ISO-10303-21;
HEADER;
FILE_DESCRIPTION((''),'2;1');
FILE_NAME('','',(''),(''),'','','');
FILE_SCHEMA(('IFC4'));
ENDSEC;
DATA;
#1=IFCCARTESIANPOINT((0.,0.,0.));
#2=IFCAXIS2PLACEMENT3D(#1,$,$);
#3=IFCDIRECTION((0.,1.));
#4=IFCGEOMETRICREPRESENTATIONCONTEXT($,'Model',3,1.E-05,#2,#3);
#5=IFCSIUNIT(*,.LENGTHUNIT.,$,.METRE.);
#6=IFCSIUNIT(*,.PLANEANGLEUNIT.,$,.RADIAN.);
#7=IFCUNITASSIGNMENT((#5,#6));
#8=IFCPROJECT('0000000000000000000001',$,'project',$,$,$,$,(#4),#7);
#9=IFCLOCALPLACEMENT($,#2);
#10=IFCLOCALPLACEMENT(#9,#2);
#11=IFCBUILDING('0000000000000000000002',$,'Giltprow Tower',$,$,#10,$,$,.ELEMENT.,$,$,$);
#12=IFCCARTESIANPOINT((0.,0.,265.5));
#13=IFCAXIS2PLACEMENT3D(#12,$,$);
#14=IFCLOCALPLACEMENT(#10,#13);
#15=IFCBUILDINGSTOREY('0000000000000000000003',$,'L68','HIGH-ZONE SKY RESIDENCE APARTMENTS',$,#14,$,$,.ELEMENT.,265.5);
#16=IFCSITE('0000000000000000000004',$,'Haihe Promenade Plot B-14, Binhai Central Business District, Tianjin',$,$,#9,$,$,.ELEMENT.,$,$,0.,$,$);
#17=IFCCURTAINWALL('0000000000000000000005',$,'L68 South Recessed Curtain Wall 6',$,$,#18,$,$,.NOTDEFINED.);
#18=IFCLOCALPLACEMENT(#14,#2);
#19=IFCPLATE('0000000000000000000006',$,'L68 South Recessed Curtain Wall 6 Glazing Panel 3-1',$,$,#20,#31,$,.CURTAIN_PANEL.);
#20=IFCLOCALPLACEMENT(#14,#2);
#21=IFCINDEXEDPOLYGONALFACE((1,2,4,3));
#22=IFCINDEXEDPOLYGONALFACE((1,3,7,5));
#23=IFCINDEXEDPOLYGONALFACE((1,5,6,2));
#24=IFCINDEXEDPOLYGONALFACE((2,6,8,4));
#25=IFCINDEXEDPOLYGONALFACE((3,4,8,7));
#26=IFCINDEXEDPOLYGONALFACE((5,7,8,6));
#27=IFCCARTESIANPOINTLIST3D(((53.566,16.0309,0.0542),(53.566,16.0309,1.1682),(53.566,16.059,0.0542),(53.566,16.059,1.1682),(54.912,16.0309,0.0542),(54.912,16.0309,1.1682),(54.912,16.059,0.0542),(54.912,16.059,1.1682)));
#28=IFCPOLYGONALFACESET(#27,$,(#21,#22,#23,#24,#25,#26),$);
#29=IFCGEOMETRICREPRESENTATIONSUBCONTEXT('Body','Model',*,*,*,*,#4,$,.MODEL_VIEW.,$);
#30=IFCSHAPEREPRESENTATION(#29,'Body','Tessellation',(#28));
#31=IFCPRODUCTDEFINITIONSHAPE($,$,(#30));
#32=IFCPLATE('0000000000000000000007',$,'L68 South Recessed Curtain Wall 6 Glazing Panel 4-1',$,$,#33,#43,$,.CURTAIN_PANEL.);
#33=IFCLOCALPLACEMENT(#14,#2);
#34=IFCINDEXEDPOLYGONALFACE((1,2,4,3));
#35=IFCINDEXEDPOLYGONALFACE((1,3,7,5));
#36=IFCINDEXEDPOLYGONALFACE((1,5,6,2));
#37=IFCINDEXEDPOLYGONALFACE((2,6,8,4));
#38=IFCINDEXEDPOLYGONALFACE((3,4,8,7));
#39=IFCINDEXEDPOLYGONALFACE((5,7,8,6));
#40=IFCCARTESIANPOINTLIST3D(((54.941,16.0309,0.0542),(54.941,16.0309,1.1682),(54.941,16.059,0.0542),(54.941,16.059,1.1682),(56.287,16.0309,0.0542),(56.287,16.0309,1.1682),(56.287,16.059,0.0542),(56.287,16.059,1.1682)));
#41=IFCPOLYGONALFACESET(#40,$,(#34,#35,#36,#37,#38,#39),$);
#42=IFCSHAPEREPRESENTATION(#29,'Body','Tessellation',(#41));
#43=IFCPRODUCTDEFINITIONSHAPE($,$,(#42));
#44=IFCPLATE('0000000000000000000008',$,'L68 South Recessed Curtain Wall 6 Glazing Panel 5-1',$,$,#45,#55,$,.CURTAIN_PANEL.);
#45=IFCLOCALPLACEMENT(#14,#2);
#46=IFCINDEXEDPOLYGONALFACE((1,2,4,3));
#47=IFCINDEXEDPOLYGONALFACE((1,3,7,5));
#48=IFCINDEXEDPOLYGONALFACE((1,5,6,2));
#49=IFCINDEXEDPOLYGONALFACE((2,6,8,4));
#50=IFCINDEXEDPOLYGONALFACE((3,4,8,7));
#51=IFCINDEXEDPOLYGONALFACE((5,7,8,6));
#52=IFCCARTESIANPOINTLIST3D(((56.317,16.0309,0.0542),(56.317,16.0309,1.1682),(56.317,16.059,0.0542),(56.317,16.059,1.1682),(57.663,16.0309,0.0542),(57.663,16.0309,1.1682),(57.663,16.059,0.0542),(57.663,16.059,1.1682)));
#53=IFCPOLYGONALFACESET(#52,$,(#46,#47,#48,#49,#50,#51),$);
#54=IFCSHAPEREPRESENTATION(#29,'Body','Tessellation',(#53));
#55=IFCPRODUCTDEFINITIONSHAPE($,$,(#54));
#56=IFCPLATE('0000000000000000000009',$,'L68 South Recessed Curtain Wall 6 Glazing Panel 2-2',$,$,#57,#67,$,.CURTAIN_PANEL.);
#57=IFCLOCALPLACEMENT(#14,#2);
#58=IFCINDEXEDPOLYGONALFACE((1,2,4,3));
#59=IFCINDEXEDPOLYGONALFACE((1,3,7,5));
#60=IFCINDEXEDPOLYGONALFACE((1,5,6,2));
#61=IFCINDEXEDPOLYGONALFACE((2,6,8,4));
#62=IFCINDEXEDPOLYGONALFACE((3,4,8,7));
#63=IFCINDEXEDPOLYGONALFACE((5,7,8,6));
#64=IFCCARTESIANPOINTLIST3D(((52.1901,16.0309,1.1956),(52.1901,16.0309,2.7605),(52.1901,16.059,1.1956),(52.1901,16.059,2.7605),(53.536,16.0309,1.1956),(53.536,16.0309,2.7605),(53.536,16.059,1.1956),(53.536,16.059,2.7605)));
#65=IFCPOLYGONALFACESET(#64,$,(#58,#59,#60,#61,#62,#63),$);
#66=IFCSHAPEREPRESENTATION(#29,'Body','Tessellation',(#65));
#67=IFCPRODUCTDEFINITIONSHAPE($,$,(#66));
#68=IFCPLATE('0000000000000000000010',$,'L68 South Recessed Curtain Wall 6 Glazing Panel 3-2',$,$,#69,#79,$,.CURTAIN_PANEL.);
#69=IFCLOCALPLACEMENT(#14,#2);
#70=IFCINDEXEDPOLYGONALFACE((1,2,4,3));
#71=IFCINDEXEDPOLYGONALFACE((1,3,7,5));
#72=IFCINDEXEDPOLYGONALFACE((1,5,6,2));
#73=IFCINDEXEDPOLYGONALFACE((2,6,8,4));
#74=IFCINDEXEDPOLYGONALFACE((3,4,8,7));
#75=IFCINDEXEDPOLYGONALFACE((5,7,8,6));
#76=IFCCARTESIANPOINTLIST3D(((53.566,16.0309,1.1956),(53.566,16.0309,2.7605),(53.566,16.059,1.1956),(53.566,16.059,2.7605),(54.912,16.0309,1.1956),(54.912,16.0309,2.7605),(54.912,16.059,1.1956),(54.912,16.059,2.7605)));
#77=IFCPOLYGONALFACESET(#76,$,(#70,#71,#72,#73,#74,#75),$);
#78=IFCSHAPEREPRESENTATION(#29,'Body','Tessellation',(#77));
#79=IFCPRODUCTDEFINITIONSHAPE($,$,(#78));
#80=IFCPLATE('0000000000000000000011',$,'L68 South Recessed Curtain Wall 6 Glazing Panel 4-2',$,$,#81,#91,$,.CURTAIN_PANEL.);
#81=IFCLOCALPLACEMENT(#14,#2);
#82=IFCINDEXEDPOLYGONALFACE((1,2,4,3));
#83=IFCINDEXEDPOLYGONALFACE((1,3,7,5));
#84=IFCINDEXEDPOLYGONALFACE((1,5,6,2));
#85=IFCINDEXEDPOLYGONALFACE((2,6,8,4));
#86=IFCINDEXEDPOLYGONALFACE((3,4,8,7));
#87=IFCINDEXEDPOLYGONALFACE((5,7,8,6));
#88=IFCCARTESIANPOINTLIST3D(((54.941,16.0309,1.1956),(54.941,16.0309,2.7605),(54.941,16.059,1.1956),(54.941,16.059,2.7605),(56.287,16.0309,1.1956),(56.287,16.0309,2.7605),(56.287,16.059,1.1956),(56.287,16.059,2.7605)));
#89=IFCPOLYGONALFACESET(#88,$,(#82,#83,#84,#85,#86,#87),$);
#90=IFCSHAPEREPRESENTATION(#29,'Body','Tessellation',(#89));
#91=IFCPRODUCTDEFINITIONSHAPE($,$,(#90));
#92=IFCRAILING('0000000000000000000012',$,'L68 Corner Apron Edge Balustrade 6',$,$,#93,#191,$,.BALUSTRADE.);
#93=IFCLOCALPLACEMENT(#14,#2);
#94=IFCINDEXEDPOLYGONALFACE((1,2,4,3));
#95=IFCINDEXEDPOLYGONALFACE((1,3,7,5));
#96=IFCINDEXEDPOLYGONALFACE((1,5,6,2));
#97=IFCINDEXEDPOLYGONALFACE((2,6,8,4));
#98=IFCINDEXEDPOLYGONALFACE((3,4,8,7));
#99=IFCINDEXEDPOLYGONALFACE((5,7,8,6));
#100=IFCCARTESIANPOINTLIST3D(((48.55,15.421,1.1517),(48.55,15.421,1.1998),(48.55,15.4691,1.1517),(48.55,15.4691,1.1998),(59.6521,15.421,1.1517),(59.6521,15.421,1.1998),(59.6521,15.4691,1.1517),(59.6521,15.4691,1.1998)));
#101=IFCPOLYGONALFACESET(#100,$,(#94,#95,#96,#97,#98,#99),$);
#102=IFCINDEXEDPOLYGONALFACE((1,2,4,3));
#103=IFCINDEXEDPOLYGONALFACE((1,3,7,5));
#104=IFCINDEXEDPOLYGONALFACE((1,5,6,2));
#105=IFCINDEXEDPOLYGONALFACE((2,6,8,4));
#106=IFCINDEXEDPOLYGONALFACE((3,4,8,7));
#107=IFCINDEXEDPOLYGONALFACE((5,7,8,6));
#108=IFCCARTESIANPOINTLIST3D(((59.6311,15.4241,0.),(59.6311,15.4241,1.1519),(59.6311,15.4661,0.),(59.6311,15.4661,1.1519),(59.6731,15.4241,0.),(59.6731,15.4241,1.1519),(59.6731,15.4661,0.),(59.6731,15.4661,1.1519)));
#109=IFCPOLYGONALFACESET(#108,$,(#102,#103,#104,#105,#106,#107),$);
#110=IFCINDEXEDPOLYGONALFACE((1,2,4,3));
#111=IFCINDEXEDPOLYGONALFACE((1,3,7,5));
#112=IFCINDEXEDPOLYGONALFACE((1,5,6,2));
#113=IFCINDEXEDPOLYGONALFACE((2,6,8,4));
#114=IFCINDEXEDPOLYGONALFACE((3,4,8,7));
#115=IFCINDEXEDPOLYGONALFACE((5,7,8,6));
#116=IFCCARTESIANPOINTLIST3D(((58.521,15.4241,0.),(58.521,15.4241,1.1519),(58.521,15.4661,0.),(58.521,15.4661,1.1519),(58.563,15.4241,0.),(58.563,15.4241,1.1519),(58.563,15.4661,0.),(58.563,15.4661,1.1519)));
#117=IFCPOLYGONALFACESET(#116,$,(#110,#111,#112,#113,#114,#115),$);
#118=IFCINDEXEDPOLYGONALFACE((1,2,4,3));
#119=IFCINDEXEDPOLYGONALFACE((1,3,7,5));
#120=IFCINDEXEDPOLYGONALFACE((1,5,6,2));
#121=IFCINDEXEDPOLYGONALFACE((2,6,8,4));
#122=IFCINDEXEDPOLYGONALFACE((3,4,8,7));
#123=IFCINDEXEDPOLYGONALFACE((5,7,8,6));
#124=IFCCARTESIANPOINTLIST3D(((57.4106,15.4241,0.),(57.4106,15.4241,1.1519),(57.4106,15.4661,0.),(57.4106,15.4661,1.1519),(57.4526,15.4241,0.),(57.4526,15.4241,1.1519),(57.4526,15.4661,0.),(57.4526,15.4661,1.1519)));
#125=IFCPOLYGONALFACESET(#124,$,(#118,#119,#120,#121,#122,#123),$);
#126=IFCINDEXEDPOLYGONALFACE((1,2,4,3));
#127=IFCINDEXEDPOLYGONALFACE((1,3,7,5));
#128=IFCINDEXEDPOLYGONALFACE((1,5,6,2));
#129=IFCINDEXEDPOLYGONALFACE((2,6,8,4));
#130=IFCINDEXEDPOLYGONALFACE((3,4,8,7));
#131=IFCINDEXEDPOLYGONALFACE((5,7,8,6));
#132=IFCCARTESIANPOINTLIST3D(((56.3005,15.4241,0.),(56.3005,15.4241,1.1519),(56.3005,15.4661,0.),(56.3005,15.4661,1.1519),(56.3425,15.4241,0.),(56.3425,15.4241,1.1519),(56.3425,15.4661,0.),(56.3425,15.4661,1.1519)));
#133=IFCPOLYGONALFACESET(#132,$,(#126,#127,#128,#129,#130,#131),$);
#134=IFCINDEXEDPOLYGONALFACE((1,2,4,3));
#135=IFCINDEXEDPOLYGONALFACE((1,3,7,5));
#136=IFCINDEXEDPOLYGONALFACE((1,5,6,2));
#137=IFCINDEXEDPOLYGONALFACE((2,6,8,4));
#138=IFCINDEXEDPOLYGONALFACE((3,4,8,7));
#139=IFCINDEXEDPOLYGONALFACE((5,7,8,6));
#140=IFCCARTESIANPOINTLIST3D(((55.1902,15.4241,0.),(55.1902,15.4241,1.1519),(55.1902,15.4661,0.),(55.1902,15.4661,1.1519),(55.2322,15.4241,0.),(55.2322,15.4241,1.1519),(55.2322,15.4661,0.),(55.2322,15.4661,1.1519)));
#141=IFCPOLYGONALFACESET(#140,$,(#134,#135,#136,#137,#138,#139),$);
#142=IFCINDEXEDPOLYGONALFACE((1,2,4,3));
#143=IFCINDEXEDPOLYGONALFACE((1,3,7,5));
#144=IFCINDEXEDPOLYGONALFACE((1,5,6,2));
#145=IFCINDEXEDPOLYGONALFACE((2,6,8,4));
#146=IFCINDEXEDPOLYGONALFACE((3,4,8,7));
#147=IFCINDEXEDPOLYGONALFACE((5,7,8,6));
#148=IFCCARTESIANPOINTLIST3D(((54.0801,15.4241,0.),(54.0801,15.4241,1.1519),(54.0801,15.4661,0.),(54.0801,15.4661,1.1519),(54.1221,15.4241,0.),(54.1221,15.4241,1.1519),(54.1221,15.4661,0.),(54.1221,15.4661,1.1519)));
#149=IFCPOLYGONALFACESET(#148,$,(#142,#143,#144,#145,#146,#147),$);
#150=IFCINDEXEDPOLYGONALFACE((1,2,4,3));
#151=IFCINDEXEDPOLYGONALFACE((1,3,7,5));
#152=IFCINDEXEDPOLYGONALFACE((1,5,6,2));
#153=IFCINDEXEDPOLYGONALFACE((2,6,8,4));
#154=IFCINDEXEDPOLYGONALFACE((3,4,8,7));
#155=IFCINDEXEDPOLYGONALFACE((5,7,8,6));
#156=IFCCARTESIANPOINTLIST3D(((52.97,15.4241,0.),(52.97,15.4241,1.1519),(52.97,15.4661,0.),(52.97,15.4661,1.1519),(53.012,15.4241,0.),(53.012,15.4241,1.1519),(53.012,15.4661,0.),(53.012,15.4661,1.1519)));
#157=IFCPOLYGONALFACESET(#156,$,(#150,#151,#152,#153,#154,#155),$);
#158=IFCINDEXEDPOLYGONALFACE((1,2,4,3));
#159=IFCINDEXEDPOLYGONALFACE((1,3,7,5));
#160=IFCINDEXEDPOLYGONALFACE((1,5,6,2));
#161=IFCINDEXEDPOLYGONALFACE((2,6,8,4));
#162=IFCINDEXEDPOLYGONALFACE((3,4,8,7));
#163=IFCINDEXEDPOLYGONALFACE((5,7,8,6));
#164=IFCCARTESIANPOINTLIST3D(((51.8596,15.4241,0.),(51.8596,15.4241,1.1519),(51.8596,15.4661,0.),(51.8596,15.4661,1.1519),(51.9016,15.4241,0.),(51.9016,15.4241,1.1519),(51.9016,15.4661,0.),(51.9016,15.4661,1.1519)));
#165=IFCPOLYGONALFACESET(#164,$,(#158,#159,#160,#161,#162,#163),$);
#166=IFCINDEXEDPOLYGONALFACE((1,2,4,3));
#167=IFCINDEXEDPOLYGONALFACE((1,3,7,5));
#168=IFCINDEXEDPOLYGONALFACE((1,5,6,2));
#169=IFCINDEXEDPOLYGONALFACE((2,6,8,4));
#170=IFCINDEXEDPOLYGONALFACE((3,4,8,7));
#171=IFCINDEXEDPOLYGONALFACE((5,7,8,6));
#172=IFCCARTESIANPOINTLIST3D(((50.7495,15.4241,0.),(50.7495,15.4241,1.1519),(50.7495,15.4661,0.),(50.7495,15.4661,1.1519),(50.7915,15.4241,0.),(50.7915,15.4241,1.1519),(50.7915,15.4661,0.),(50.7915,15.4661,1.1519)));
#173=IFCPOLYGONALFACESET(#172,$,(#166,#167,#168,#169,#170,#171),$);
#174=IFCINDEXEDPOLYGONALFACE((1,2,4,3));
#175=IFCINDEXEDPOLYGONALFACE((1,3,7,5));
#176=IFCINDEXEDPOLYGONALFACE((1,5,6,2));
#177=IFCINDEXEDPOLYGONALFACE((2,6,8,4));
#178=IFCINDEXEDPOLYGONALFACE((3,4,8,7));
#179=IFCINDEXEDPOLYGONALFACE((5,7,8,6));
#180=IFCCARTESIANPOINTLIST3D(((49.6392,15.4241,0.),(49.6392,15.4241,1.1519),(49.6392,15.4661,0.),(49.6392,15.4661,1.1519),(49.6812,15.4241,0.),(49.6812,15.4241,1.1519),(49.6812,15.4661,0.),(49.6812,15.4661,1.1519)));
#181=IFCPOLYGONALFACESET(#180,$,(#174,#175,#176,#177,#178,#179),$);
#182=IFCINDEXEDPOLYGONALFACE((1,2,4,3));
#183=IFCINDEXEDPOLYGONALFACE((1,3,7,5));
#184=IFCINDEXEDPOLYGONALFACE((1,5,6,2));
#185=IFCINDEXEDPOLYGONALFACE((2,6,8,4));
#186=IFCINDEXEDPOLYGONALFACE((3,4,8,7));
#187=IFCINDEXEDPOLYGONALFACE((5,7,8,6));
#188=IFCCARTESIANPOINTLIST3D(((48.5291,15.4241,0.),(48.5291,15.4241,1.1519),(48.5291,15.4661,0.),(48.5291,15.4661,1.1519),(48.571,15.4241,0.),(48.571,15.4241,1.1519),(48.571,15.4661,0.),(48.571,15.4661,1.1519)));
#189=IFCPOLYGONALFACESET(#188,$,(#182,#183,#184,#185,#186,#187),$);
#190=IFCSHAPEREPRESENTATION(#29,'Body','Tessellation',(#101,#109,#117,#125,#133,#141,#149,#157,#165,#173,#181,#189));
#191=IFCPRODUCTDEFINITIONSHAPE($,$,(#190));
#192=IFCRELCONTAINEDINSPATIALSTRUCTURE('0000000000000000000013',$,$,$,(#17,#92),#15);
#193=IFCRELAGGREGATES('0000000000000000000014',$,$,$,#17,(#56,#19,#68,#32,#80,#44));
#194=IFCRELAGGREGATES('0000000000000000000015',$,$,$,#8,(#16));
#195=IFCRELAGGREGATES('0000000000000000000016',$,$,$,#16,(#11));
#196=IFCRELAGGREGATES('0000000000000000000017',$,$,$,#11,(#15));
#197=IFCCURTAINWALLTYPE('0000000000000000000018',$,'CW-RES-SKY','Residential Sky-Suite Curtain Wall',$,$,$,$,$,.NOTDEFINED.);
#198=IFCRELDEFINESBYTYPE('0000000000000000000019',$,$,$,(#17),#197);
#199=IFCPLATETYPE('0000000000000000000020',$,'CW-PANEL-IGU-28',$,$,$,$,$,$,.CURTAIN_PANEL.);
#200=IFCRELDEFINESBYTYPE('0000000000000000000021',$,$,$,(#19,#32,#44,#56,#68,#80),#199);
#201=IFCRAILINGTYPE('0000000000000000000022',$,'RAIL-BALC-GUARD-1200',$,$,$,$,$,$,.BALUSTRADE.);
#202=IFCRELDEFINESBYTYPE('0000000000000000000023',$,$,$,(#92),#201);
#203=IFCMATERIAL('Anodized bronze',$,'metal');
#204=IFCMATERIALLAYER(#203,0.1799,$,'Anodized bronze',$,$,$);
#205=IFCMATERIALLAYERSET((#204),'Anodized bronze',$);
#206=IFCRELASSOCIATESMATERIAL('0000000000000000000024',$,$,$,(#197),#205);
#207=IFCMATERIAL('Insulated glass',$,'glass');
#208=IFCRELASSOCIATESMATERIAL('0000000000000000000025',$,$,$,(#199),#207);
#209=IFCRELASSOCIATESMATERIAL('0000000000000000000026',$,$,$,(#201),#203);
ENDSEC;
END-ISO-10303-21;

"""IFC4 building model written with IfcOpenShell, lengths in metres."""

from ifc_helpers import new_model, si_unit, direction, frame, origin, origin_2d, place, context, subcontext, project, spatial, rectangle, extrude, source, transform, mapped, material, layer, layer_set, type_object, element, aggregate, save


model = new_model("IFC4")

# Units and contexts
model_context = context("Model", 3, precision=1e-05, world=origin(), true_north=direction((0.0, 1.0)))
body_context = subcontext(model_context, "Body", "Model", "MODEL_VIEW")
ifc_project = project(units=[si_unit("LENGTHUNIT", "METRE"), si_unit("PLANEANGLEUNIT", "RADIAN")], contexts=[model_context])

# Site, building, storey
site_placement = place(None, origin())
site = spatial("IfcSite", under=ifc_project, at=site_placement, Name="Haihe Promenade Plot B-14, Binhai Central Business District, Tianjin", CompositionType="ELEMENT", RefElevation=0.0)
building_placement = place(site_placement, origin())
building = spatial("IfcBuilding", under=site, at=building_placement, Name="Giltprow Tower", CompositionType="ELEMENT")
storey_placement = place(building_placement, frame((0.0, 0.0, 265.5)))
storey = spatial("IfcBuildingStorey", under=building, at=storey_placement, Name="L68", Description="HIGH-ZONE SKY RESIDENCE APARTMENTS", CompositionType="ELEMENT", Elevation=265.5)

# Curtain wall, plates
ifc_material_1 = material(Name="Anodized bronze", Category="metal")
ifc_layer = layer(ifc_material_1, 0.1799, Name="Anodized bronze")
ifc_layer_set = layer_set([ifc_layer], Name="Anodized bronze")
curtain_wall_type = type_object("IfcCurtainWallType", Name="CW-RES-SKY", Description="Residential Sky-Suite Curtain Wall", PredefinedType="NOTDEFINED", material=ifc_layer_set)
curtain_wall_placement = place(storey_placement, origin())
curtain_wall = element("IfcCurtainWall", 1, at=curtain_wall_placement, inside=storey, type_object=curtain_wall_type, Name="L68 South Recessed Curtain Wall 6", PredefinedType="NOTDEFINED")
ifc_material_2 = material(Name="Insulated glass", Category="glass")
plate_type = type_object("IfcPlateType", Name="CW-PANEL-IGU-28", PredefinedType="CURTAIN_PANEL", material=ifc_material_2)
shared_shape_1 = source(origin(), body_context, "Body", "SweptSolid", [
    extrude(rectangle(XDim=1.3459, YDim=0.0281, at=origin_2d()), origin(), (0.0, 0.0, 1.0), 1.114),
])
plate_1_placement = place(storey_placement, frame((54.239, 16.0449, 0.0542), z_axis=(0.0, 0.0, 1.0), x_axis=(1.0, 0.0, 0.0)))
plate_1 = element("IfcPlate", 2, at=plate_1_placement, type_object=plate_type, Name="L68 South Recessed Curtain Wall 6 Glazing Panel 3-1", PredefinedType="CURTAIN_PANEL", context=body_context, shape_type="MappedRepresentation", body=[
    mapped(shared_shape_1, transform((0.0, 0.0, 0.0), x_axis=(1.0, 0.0, 0.0), y_axis=(0.0, 1.0, 0.0), z_axis=(0.0, 0.0, 1.0), scale=1.0)),
])
plate_2_placement = place(storey_placement, frame((55.614, 16.0449, 0.0542), z_axis=(0.0, 0.0, 1.0), x_axis=(1.0, 0.0, 0.0)))
plate_2 = element("IfcPlate", 3, at=plate_2_placement, type_object=plate_type, Name="L68 South Recessed Curtain Wall 6 Glazing Panel 4-1", PredefinedType="CURTAIN_PANEL", context=body_context, shape_type="MappedRepresentation", body=[
    mapped(shared_shape_1, transform((0.0, 0.0, 0.0), x_axis=(1.0, 0.0, 0.0), y_axis=(0.0, 1.0, 0.0), z_axis=(0.0, 0.0, 1.0), scale=1.0)),
])
plate_3_placement = place(storey_placement, frame((56.99, 16.0449, 0.0542), z_axis=(0.0, 0.0, 1.0), x_axis=(1.0, 0.0, 0.0)))
plate_3 = element("IfcPlate", 4, at=plate_3_placement, type_object=plate_type, Name="L68 South Recessed Curtain Wall 6 Glazing Panel 5-1", PredefinedType="CURTAIN_PANEL", context=body_context, shape_type="MappedRepresentation", body=[
    mapped(shared_shape_1, transform((0.0, 0.0, 0.0), x_axis=(1.0, 0.0, 0.0), y_axis=(0.0, 1.0, 0.0), z_axis=(0.0, 0.0, 1.0), scale=1.0)),
])
shared_shape_2 = source(origin(), body_context, "Body", "SweptSolid", [
    extrude(rectangle(XDim=1.3459, YDim=0.0281, at=origin_2d()), origin(), (0.0, 0.0, 1.0), 1.5649),
])
plate_4_placement = place(storey_placement, frame((52.863, 16.0449, 1.1956), z_axis=(0.0, 0.0, 1.0), x_axis=(1.0, 0.0, 0.0)))
plate_4 = element("IfcPlate", 5, at=plate_4_placement, type_object=plate_type, Name="L68 South Recessed Curtain Wall 6 Glazing Panel 2-2", PredefinedType="CURTAIN_PANEL", context=body_context, shape_type="MappedRepresentation", body=[
    mapped(shared_shape_2, transform((0.0, 0.0, 0.0), x_axis=(1.0, 0.0, 0.0), y_axis=(0.0, 1.0, 0.0), z_axis=(0.0, 0.0, 1.0), scale=1.0)),
])
plate_5_placement = place(storey_placement, frame((54.239, 16.0449, 1.1956), z_axis=(0.0, 0.0, 1.0), x_axis=(1.0, 0.0, 0.0)))
plate_5 = element("IfcPlate", 6, at=plate_5_placement, type_object=plate_type, Name="L68 South Recessed Curtain Wall 6 Glazing Panel 3-2", PredefinedType="CURTAIN_PANEL", context=body_context, shape_type="MappedRepresentation", body=[
    mapped(shared_shape_2, transform((0.0, 0.0, 0.0), x_axis=(1.0, 0.0, 0.0), y_axis=(0.0, 1.0, 0.0), z_axis=(0.0, 0.0, 1.0), scale=1.0)),
])
plate_6_placement = place(storey_placement, frame((55.614, 16.0449, 1.1956), z_axis=(0.0, 0.0, 1.0), x_axis=(1.0, 0.0, 0.0)))
plate_6 = element("IfcPlate", 7, at=plate_6_placement, type_object=plate_type, Name="L68 South Recessed Curtain Wall 6 Glazing Panel 4-2", PredefinedType="CURTAIN_PANEL", context=body_context, shape_type="MappedRepresentation", body=[
    mapped(shared_shape_2, transform((0.0, 0.0, 0.0), x_axis=(1.0, 0.0, 0.0), y_axis=(0.0, 1.0, 0.0), z_axis=(0.0, 0.0, 1.0), scale=1.0)),
])
aggregate(curtain_wall, [plate_4, plate_1, plate_5, plate_2, plate_6, plate_3])

# Railing
railing_type = type_object("IfcRailingType", Name="RAIL-BALC-GUARD-1200", PredefinedType="BALUSTRADE", material=ifc_material_1)
railing_placement = place(storey_placement, frame((59.6521, 15.4451, 0.0)))
element("IfcRailing", 8, at=railing_placement, inside=storey, type_object=railing_type, Name="L68 Corner Apron Edge Balustrade 6", PredefinedType="BALUSTRADE", context=body_context, shape_type="SweptSolid", body=[
    extrude(rectangle(XDim=0.0481, YDim=0.0481, at=origin_2d()), frame((0.0, 0.0, 1.1758), z_axis=(-1.0, 0.0, 0.0), x_axis=(0.0, -1.0, 0.0)), (0.0, 0.0, 1.0), 11.1021),
    extrude(rectangle(XDim=0.042, YDim=0.042, at=origin_2d()), origin(), (0.0, 0.0, 1.0), 1.1519),
    extrude(rectangle(XDim=0.042, YDim=0.042, at=origin_2d()), frame((-1.1101, 0.0, 0.0)), (0.0, 0.0, 1.0), 1.1519),
    extrude(rectangle(XDim=0.042, YDim=0.042, at=origin_2d()), frame((-2.2205, 0.0, 0.0)), (0.0, 0.0, 1.0), 1.1519),
    extrude(rectangle(XDim=0.042, YDim=0.042, at=origin_2d()), frame((-3.3306, 0.0, 0.0)), (0.0, 0.0, 1.0), 1.1519),
    extrude(rectangle(XDim=0.042, YDim=0.042, at=origin_2d()), frame((-4.4409, 0.0, 0.0)), (0.0, 0.0, 1.0), 1.1519),
    extrude(rectangle(XDim=0.042, YDim=0.042, at=origin_2d()), frame((-5.551, 0.0, 0.0)), (0.0, 0.0, 1.0), 1.1519),
    extrude(rectangle(XDim=0.042, YDim=0.042, at=origin_2d()), frame((-6.6611, 0.0, 0.0)), (0.0, 0.0, 1.0), 1.1519),
    extrude(rectangle(XDim=0.042, YDim=0.042, at=origin_2d()), frame((-7.7715, 0.0, 0.0)), (0.0, 0.0, 1.0), 1.1519),
    extrude(rectangle(XDim=0.042, YDim=0.042, at=origin_2d()), frame((-8.8816, 0.0, 0.0)), (0.0, 0.0, 1.0), 1.1519),
    extrude(rectangle(XDim=0.042, YDim=0.042, at=origin_2d()), frame((-9.9919, 0.0, 0.0)), (0.0, 0.0, 1.0), 1.1519),
    extrude(rectangle(XDim=0.042, YDim=0.042, at=origin_2d()), frame((-11.1021, 0.0, 0.0)), (0.0, 0.0, 1.0), 1.1519),
])

save(model, "model.ifc")
